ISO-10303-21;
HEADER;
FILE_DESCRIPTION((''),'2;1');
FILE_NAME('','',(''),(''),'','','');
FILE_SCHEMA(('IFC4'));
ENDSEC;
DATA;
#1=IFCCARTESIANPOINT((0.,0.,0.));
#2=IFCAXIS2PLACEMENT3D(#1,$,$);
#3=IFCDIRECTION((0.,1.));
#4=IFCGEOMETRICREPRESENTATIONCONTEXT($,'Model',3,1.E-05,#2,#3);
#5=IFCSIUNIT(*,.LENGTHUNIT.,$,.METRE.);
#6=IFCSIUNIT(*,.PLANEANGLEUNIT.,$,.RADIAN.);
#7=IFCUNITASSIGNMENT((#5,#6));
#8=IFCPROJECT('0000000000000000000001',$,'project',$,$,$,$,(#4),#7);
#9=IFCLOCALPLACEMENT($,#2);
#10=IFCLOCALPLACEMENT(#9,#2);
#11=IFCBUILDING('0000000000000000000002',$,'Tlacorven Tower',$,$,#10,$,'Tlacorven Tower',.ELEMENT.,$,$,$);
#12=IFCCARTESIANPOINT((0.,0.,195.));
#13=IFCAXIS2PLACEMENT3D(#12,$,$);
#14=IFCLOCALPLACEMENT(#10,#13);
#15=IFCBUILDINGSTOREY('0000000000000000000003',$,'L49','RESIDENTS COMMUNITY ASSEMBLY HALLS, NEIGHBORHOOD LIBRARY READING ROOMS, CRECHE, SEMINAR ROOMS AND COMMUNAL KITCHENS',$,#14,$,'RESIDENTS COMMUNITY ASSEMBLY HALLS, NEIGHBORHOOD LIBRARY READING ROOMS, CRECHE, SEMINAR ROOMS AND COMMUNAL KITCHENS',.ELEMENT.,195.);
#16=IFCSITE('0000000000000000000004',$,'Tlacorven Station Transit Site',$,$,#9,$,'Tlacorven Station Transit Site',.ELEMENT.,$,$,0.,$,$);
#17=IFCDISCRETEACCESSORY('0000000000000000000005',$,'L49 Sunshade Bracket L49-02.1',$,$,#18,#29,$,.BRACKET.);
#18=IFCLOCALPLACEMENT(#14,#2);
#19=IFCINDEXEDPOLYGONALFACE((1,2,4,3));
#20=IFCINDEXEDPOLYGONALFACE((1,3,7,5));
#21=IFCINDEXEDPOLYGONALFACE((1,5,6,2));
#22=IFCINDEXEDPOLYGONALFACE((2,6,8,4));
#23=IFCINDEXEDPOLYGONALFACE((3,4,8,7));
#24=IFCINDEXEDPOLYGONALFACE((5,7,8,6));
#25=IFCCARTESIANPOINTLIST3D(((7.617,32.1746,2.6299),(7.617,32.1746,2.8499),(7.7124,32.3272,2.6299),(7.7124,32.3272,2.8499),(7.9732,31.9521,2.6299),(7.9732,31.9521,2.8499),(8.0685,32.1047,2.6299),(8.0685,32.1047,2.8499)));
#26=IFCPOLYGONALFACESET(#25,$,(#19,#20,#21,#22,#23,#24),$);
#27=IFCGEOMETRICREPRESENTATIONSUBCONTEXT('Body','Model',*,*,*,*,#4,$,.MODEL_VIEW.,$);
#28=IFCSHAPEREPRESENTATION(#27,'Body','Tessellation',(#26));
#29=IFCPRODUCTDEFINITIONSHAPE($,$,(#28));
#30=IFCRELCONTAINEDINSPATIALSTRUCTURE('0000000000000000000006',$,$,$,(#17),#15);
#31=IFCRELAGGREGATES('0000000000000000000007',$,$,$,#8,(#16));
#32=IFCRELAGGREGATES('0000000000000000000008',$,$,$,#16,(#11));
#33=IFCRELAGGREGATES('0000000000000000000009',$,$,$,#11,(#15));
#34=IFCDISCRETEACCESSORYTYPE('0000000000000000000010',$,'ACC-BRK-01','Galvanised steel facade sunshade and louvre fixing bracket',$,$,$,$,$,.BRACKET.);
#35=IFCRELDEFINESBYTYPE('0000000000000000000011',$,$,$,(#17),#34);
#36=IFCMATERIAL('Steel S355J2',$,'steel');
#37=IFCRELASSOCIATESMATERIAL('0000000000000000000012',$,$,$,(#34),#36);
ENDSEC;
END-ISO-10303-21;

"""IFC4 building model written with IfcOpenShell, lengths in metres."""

from ifc_helpers import new_model, si_unit, direction, frame, origin, origin_2d, place, context, subcontext, project, spatial, rectangle, extrude, source, transform, mapped, material, type_object, element, save


model = new_model("IFC4")

# Units and contexts
model_context = context("Model", 3, precision=1e-05, world=origin(), true_north=direction((0.0, 1.0)))
body_context = subcontext(model_context, "Body", "Model", "MODEL_VIEW")
ifc_project = project(units=[si_unit("LENGTHUNIT", "METRE"), si_unit("PLANEANGLEUNIT", "RADIAN")], contexts=[model_context])

# Site, building, storey
site_placement = place(None, origin())
site = spatial("IfcSite", under=ifc_project, at=site_placement, Name="Tlacorven Station Transit Site", LongName="Tlacorven Station Transit Site", CompositionType="ELEMENT", RefElevation=0.0)
building_placement = place(site_placement, origin())
building = spatial("IfcBuilding", under=site, at=building_placement, Name="Tlacorven Tower", LongName="Tlacorven Tower", CompositionType="ELEMENT")
storey_placement = place(building_placement, frame((0.0, 0.0, 195.0)))
storey = spatial("IfcBuildingStorey", under=building, at=storey_placement, Name="L49", Description="RESIDENTS COMMUNITY ASSEMBLY HALLS, NEIGHBORHOOD LIBRARY READING ROOMS, CRECHE, SEMINAR ROOMS AND COMMUNAL KITCHENS", LongName="RESIDENTS COMMUNITY ASSEMBLY HALLS, NEIGHBORHOOD LIBRARY READING ROOMS, CRECHE, SEMINAR ROOMS AND COMMUNAL KITCHENS", CompositionType="ELEMENT", Elevation=195.0)

# Shared definitions
ifc_material_1 = material(Name="Steel S355J2", Category="steel")

# Discrete accessory
discrete_accessory_type = type_object("IfcDiscreteAccessoryType", Name="ACC-BRK-01", Description="Galvanised steel facade sunshade and louvre fixing bracket", PredefinedType="BRACKET", material=ifc_material_1)
shared_shape_1 = source(origin(), body_context, "Body", "SweptSolid", [
    extrude(rectangle(XDim=0.1799, YDim=0.4199, at=origin_2d()), origin(), (0.0, 0.0, 1.0), 0.22),
])
discrete_accessory_placement = place(storey_placement, frame((7.8428, 32.1396, 2.6299), z_axis=(0.0, 0.0, 1.0), x_axis=(0.529919, 0.848048, 0.0)))
element("IfcDiscreteAccessory", 1, at=discrete_accessory_placement, inside=storey, type_object=discrete_accessory_type, Name="L49 Sunshade Bracket L49-02.1", PredefinedType="BRACKET", context=body_context, shape_type="MappedRepresentation", body=[
    mapped(shared_shape_1, transform((0.0, 0.0, 0.0), scale=1.0)),
])

save(model, "model.ifc")
